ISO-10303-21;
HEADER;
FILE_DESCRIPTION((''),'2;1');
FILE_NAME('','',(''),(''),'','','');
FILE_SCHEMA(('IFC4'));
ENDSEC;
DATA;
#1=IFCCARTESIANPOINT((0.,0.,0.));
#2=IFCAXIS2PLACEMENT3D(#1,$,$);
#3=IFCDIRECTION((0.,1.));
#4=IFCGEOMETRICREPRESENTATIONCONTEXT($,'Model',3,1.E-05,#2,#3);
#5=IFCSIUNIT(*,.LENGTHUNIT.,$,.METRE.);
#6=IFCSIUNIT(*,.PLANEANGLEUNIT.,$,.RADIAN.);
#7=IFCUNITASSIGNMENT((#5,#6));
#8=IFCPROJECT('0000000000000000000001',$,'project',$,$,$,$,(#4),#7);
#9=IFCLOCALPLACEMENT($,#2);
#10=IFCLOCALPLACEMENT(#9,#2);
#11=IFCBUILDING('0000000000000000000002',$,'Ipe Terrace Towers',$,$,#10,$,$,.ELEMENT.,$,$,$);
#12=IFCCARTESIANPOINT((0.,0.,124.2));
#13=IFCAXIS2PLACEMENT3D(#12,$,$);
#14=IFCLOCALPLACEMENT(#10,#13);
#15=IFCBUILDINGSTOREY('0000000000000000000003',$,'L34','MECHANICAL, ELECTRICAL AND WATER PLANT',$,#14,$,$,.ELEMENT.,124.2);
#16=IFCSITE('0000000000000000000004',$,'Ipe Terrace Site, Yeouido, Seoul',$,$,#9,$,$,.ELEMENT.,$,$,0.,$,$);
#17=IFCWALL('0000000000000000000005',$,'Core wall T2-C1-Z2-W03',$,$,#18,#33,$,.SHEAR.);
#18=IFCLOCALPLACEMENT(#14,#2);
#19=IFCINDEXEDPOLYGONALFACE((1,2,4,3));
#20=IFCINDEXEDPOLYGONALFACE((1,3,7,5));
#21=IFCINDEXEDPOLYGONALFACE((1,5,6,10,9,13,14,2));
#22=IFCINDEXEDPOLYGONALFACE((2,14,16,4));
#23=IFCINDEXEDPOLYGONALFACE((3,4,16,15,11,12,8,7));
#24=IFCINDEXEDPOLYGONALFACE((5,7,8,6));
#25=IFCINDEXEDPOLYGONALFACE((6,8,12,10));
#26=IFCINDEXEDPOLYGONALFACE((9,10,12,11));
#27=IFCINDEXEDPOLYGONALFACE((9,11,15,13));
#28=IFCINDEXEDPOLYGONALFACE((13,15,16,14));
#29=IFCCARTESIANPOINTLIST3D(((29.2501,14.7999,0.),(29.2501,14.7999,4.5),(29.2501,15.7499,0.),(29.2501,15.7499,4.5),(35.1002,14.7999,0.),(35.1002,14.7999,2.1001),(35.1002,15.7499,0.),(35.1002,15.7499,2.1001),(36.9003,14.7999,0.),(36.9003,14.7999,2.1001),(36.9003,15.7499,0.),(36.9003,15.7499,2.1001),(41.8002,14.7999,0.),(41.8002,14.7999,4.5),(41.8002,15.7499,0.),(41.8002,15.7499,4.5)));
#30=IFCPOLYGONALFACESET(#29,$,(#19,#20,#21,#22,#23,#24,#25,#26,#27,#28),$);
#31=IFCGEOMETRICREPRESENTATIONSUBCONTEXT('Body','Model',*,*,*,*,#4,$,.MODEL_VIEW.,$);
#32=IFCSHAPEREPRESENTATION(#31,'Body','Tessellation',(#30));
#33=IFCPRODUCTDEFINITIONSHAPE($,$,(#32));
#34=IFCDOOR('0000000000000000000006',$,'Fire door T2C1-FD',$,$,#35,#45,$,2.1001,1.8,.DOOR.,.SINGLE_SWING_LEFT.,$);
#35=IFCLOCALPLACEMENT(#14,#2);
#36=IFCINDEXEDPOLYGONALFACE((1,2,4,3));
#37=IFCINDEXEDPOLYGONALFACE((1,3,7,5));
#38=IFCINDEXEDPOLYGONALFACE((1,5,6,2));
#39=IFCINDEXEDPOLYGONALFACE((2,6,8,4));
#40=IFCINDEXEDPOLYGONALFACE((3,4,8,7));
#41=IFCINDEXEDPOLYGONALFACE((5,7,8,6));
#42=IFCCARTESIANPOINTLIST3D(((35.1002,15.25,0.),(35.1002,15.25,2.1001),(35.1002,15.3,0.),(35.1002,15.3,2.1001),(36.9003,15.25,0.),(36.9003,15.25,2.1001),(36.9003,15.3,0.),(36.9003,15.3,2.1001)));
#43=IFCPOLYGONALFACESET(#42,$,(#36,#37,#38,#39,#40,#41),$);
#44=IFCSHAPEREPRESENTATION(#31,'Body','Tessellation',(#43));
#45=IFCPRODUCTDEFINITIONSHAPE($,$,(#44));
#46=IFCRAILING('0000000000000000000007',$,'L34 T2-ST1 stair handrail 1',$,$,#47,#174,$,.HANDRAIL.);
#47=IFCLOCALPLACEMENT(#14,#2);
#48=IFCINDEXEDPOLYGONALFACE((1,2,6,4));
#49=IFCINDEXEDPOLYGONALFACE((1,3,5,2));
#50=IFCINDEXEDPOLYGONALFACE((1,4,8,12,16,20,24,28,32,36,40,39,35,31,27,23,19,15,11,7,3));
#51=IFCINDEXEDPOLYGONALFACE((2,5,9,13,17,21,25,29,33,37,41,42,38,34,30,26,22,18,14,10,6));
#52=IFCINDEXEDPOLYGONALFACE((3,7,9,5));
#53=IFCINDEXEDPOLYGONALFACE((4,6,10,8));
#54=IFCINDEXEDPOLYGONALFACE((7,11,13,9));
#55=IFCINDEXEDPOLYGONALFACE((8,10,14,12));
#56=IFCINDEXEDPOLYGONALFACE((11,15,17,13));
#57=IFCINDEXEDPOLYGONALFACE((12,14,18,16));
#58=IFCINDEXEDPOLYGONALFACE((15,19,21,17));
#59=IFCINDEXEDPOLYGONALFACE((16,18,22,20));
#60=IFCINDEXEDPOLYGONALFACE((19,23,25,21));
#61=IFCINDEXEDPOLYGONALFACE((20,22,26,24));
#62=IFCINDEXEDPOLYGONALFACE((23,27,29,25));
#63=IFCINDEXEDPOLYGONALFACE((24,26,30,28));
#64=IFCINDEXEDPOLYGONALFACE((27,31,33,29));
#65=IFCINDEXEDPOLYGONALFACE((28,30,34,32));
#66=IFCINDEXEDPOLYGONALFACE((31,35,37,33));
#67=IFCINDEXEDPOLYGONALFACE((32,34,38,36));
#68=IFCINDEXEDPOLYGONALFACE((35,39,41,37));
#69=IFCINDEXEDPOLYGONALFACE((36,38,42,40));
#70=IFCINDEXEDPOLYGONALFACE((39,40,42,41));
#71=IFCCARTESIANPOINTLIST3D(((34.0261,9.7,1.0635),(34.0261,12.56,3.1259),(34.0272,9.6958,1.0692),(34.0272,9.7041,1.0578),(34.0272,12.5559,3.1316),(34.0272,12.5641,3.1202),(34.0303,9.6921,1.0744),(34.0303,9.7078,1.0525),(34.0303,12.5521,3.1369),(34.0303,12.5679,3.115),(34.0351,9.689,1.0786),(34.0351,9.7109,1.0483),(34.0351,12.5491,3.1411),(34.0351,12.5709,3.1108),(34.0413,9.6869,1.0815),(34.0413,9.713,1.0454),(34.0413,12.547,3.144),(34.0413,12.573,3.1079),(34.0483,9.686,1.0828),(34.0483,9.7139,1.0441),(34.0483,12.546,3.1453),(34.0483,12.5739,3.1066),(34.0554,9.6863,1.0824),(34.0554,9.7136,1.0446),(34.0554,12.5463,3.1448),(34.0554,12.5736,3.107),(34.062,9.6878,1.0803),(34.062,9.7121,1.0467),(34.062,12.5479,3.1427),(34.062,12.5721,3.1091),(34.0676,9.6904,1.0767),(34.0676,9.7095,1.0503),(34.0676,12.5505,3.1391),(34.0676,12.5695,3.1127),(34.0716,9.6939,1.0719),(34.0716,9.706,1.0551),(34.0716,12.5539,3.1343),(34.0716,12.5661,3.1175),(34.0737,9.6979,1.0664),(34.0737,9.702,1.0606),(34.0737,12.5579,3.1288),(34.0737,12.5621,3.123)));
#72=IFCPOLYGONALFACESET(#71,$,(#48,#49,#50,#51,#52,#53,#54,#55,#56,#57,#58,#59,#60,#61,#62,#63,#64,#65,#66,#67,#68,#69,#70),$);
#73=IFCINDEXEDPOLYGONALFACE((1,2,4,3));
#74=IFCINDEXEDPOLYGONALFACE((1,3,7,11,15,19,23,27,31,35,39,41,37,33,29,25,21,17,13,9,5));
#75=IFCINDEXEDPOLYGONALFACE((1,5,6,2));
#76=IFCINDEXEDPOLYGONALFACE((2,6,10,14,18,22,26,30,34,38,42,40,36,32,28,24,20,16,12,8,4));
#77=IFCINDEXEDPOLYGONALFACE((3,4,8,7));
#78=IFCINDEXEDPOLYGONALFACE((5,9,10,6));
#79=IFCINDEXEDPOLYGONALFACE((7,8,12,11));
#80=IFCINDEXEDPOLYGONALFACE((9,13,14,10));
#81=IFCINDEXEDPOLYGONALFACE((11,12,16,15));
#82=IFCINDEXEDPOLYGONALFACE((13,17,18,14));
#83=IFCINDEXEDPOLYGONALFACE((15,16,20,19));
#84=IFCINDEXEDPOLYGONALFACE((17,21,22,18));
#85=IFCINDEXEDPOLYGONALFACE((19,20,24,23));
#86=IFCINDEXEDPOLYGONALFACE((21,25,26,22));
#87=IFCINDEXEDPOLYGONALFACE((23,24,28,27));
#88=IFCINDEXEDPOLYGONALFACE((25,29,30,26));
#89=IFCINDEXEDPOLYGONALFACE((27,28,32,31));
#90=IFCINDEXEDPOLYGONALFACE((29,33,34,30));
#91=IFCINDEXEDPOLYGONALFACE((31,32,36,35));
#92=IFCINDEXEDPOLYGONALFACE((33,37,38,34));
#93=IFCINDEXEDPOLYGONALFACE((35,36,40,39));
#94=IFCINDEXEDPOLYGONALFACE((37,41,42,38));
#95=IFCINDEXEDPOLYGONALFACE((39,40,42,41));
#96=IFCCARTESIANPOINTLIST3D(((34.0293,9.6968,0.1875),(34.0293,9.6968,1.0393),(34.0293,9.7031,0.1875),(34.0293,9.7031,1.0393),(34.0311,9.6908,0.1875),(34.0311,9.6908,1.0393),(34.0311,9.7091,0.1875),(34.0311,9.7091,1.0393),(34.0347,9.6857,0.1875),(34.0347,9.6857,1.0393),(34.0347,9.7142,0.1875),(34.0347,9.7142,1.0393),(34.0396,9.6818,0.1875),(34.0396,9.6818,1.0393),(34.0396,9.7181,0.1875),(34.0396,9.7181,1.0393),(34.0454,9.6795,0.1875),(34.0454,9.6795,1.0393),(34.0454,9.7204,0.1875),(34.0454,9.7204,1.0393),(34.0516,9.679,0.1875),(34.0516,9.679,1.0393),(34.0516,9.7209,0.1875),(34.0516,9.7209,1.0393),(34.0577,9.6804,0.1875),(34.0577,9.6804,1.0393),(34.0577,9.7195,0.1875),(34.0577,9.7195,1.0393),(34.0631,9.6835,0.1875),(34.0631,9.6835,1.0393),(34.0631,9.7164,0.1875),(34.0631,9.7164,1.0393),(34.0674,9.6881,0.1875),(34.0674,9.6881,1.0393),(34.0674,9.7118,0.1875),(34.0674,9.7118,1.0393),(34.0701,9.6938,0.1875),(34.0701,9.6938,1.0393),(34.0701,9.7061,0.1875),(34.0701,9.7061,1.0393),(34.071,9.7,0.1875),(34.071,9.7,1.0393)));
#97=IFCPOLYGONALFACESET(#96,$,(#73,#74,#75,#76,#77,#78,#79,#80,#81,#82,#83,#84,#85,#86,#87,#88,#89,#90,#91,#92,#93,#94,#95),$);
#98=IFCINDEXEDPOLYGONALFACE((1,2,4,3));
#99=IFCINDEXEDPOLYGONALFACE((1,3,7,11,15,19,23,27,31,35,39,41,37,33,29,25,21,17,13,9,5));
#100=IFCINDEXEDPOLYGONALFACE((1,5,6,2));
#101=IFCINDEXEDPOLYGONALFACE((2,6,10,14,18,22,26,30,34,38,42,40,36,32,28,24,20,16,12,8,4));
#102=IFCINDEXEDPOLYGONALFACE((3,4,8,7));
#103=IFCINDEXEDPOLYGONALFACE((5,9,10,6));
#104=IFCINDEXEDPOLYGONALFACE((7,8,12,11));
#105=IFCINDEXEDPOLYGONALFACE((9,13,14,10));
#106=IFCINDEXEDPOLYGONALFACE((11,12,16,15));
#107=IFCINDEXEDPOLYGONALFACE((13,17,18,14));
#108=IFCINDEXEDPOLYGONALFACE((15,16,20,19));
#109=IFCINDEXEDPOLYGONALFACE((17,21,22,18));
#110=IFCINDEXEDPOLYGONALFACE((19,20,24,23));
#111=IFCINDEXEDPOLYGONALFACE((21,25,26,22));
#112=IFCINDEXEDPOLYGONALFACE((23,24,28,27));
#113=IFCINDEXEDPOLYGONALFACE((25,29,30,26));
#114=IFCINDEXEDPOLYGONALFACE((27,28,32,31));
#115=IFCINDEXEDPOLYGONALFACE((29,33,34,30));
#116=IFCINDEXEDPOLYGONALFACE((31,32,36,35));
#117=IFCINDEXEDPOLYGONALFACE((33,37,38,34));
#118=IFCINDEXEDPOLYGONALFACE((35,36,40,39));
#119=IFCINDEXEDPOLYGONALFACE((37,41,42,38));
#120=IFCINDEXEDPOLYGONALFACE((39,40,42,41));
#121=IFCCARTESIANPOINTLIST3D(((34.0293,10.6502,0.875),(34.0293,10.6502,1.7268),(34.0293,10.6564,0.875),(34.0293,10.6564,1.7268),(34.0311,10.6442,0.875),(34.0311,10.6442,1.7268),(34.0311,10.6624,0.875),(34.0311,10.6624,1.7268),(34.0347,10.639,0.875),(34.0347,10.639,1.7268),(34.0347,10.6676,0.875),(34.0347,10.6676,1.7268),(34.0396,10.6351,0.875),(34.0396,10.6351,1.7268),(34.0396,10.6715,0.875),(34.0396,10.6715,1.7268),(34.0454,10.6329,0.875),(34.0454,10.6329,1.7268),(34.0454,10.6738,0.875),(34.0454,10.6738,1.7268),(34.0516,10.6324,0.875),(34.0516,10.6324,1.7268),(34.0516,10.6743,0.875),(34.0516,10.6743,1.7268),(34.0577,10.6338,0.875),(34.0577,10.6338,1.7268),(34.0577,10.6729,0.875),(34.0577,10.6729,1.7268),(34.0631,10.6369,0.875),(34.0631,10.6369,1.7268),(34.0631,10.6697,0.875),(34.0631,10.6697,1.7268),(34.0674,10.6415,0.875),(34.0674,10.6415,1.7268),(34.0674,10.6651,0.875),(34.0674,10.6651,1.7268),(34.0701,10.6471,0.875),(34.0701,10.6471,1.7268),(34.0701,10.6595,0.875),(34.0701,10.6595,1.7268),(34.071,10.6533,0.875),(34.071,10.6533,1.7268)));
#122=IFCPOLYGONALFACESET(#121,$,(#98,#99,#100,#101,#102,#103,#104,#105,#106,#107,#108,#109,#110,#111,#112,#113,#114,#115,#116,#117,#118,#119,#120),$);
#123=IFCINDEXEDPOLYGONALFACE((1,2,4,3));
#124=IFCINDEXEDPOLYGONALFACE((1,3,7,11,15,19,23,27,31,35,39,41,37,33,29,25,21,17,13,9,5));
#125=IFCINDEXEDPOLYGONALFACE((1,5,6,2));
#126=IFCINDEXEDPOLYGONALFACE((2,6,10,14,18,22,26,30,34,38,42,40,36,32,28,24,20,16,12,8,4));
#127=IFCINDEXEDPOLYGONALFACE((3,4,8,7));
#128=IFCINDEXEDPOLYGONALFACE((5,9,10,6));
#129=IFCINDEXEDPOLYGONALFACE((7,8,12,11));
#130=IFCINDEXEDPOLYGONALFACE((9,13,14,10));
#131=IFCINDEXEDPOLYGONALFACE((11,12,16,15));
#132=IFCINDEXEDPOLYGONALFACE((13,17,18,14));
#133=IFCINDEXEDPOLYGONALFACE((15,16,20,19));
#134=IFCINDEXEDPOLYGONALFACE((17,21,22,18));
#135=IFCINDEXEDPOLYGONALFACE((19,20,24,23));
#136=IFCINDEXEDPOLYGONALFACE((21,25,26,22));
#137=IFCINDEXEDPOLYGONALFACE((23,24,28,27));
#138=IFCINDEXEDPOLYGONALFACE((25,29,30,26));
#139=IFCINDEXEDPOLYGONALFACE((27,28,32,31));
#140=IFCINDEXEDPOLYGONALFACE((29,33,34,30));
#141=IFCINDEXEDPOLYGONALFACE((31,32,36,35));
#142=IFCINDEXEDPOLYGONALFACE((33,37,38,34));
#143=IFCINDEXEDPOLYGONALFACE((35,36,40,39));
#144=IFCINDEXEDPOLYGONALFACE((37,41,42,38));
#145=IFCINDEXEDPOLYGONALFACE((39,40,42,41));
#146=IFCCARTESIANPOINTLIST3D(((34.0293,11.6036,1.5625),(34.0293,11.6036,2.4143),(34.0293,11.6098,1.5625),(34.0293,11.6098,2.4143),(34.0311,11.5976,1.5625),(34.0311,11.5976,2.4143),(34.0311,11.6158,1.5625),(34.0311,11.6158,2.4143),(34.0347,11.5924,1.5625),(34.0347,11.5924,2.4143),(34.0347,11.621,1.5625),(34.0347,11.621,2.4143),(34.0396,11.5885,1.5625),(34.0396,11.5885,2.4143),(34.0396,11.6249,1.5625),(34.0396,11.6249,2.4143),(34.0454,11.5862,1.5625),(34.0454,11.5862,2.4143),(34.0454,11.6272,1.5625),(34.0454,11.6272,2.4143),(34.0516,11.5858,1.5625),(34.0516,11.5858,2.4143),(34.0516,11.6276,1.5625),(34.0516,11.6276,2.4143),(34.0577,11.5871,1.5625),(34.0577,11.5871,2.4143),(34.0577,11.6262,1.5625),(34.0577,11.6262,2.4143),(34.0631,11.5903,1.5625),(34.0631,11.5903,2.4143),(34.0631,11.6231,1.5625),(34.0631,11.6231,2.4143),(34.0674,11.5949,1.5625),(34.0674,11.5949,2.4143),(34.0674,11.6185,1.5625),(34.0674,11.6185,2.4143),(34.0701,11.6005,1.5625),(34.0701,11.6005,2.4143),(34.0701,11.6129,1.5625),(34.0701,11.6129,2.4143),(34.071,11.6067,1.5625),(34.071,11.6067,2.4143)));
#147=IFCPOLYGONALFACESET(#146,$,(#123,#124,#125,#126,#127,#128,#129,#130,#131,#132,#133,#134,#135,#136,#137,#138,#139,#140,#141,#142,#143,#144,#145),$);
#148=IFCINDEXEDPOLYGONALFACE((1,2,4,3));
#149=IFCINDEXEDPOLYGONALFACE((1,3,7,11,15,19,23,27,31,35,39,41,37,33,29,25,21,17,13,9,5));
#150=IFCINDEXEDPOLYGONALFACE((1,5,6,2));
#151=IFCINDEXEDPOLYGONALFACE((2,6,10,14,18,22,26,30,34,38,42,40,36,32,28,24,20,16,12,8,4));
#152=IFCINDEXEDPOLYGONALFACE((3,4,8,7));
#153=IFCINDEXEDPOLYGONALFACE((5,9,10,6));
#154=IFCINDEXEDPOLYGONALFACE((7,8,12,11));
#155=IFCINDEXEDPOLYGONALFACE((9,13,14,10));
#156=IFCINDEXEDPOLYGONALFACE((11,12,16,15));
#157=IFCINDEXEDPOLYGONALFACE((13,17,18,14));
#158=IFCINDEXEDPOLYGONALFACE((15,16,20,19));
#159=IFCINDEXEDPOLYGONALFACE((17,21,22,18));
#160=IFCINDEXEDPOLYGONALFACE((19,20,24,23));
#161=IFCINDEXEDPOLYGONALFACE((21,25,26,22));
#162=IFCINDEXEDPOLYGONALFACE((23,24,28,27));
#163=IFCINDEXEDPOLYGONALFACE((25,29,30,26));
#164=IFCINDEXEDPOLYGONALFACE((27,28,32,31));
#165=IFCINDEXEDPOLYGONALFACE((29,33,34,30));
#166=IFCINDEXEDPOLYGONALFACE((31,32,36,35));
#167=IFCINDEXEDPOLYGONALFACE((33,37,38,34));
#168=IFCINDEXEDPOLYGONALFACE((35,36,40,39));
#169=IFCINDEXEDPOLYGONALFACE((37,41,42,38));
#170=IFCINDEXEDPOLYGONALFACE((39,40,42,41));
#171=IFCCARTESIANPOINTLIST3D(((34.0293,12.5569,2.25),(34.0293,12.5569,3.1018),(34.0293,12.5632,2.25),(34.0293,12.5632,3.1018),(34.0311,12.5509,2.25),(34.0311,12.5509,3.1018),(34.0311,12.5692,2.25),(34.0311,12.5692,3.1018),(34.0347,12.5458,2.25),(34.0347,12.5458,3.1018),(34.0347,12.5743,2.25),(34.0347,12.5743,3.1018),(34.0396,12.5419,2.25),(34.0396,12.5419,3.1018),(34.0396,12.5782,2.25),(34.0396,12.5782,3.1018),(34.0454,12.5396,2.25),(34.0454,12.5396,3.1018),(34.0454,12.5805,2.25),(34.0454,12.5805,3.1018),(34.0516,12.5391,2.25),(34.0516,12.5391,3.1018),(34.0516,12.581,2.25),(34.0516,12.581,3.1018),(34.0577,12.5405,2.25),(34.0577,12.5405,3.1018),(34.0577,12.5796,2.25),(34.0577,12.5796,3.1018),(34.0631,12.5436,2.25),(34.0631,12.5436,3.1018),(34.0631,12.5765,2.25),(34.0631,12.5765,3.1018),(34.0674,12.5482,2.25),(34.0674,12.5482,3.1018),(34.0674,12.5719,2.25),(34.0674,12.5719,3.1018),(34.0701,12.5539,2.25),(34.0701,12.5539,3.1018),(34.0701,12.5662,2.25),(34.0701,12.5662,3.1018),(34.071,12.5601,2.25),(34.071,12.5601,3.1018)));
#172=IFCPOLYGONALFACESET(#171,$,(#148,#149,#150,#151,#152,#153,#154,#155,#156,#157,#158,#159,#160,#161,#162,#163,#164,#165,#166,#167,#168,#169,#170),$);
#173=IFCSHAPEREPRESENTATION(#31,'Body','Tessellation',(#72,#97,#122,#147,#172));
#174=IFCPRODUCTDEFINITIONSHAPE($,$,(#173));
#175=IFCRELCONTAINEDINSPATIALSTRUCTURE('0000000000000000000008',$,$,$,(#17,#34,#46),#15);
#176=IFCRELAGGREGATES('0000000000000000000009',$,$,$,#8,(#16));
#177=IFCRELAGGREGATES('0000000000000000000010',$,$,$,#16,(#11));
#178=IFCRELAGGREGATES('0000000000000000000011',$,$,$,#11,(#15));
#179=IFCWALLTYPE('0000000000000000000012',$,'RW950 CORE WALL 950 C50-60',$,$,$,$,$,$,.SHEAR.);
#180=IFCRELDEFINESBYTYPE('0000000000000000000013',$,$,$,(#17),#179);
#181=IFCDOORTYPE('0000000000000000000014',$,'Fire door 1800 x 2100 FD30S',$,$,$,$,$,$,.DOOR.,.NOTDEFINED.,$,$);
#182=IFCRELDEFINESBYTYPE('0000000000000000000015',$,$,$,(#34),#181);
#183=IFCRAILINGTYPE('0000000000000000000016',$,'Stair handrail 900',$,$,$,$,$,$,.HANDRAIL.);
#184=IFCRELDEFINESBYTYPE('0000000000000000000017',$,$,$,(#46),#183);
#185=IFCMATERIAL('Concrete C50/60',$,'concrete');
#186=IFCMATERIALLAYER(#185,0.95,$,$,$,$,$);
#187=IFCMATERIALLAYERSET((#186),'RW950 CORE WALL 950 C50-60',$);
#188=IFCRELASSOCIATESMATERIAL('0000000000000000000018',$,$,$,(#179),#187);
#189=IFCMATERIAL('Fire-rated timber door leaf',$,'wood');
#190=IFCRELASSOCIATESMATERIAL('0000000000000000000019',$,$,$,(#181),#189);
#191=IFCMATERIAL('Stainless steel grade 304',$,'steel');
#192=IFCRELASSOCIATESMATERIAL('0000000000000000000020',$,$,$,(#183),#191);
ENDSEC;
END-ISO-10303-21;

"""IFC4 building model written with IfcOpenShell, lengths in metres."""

from ifc_helpers import new_model, si_unit, direction, frame, frame_2d, origin, origin_2d, place, context, subcontext, project, spatial, rectangle, circle, extrude, material, layer, layer_set, type_object, element, fill, save


model = new_model("IFC4")

# Units and contexts
model_context = context("Model", 3, precision=1e-05, world=origin(), true_north=direction((0.0, 1.0)))
body_context = subcontext(model_context, "Body", "Model", "MODEL_VIEW")
ifc_project = project(units=[si_unit("LENGTHUNIT", "METRE"), si_unit("PLANEANGLEUNIT", "RADIAN")], contexts=[model_context])

# Site, building, storey
site_placement = place(None, origin())
site = spatial("IfcSite", under=ifc_project, at=site_placement, Name="Ipe Terrace Site, Yeouido, Seoul", CompositionType="ELEMENT", RefElevation=0.0)
building_placement = place(site_placement, origin())
building = spatial("IfcBuilding", under=site, at=building_placement, Name="Ipe Terrace Towers", CompositionType="ELEMENT")
storey_placement = place(building_placement, frame((0.0, 0.0, 124.2)))
storey = spatial("IfcBuildingStorey", under=building, at=storey_placement, Name="L34", Description="MECHANICAL, ELECTRICAL AND WATER PLANT", CompositionType="ELEMENT", Elevation=124.2)

# Wall, opening, door
ifc_material_1 = material(Name="Concrete C50/60", Category="concrete")
ifc_layer_1 = layer(ifc_material_1, 0.95)
ifc_layer_set_1 = layer_set([ifc_layer_1], Name="RW950 CORE WALL 950 C50-60")
wall_type_1 = type_object("IfcWallType", Name="RW950 CORE WALL 950 C50-60", PredefinedType="SHEAR", material=ifc_layer_set_1)
wall_1_placement = place(storey_placement, frame((41.8, 15.2749, 0.0), z_axis=(0.0, 0.0, 1.0), x_axis=(-1.0, 0.0, 0.0)))
wall_1 = element("IfcWall", 1, at=wall_1_placement, inside=storey, type_object=wall_type_1, Name="Core wall T2-C1-Z2-W03", PredefinedType="SHEAR", context=body_context, shape_type="SweptSolid", body=[
    extrude(rectangle(XDim=12.55, YDim=0.95, at=frame_2d((6.2749, 0.0))), origin(), (0.0, 0.0, 1.0), 4.5),
])
opening_1_placement = place(wall_1_placement, frame((4.8999, 0.0, 0.0)))
opening_1 = element("IfcOpeningElement", 2, at=opening_1_placement, cuts=wall_1, PredefinedType="OPENING", context=body_context, shape_type="SweptSolid", body=[
    extrude(rectangle(XDim=1.8, YDim=2.1001, at=frame_2d((0.8999, 1.05))), frame((0.0, 0.4849, 0.0), z_axis=(0.0, -1.0, 0.0), x_axis=(1.0, 0.0, 0.0)), (0.0, 0.0, 1.0), 0.97),
])
ifc_material_2 = material(Name="Fire-rated timber door leaf", Category="wood")
door_type_1 = type_object("IfcDoorType", Name="Fire door 1800 x 2100 FD30S", OperationType="NOTDEFINED", PredefinedType="DOOR", material=ifc_material_2)
door_1_placement = place(opening_1_placement, origin())
door_1 = element("IfcDoor", 3, at=door_1_placement, inside=storey, type_object=door_type_1, Name="Fire door T2C1-FD", OperationType="SINGLE_SWING_LEFT", OverallHeight=2.1001, OverallWidth=1.8, PredefinedType="DOOR", context=body_context, shape_type="SweptSolid", body=[
    extrude(rectangle(XDim=1.8, YDim=2.1001, at=frame_2d((0.8999, 1.05))), frame((0.0, 0.0249, 0.0), z_axis=(0.0, -1.0, 0.0), x_axis=(1.0, 0.0, 0.0)), (0.0, 0.0, 1.0), 0.05),
])
fill(opening_1, door_1)

# Railing
ifc_material_3 = material(Name="Stainless steel grade 304", Category="steel")
railing_type_1 = type_object("IfcRailingType", Name="Stair handrail 900", PredefinedType="HANDRAIL", material=ifc_material_3)
railing_1_placement = place(storey_placement, frame((34.05, 9.7, 0.1875)))
element("IfcRailing", 4, at=railing_1_placement, inside=storey, type_object=railing_type_1, Name="L34 T2-ST1 stair handrail 1", PredefinedType="HANDRAIL", context=body_context, shape_type="SweptSolid", body=[
    extrude(circle(Radius=0.0239, at=origin_2d()), frame((0.0, 0.0, 0.876), z_axis=(0.0, 0.811101, 0.584906), x_axis=(-1.0, 0.0, 0.0)), (0.0, 0.0, 1.0), 3.5261),
    extrude(circle(Radius=0.021, at=origin_2d()), origin(), (0.0, 0.0, 1.0), 0.8518),
    extrude(circle(Radius=0.021, at=origin_2d()), frame((0.0, 0.9534, 0.6875)), (0.0, 0.0, 1.0), 0.8518),
    extrude(circle(Radius=0.021, at=origin_2d()), frame((0.0, 1.9067, 1.375)), (0.0, 0.0, 1.0), 0.8518),
    extrude(circle(Radius=0.021, at=origin_2d()), frame((0.0, 2.8601, 2.0625)), (0.0, 0.0, 1.0), 0.8518),
])

save(model, "model.ifc")
